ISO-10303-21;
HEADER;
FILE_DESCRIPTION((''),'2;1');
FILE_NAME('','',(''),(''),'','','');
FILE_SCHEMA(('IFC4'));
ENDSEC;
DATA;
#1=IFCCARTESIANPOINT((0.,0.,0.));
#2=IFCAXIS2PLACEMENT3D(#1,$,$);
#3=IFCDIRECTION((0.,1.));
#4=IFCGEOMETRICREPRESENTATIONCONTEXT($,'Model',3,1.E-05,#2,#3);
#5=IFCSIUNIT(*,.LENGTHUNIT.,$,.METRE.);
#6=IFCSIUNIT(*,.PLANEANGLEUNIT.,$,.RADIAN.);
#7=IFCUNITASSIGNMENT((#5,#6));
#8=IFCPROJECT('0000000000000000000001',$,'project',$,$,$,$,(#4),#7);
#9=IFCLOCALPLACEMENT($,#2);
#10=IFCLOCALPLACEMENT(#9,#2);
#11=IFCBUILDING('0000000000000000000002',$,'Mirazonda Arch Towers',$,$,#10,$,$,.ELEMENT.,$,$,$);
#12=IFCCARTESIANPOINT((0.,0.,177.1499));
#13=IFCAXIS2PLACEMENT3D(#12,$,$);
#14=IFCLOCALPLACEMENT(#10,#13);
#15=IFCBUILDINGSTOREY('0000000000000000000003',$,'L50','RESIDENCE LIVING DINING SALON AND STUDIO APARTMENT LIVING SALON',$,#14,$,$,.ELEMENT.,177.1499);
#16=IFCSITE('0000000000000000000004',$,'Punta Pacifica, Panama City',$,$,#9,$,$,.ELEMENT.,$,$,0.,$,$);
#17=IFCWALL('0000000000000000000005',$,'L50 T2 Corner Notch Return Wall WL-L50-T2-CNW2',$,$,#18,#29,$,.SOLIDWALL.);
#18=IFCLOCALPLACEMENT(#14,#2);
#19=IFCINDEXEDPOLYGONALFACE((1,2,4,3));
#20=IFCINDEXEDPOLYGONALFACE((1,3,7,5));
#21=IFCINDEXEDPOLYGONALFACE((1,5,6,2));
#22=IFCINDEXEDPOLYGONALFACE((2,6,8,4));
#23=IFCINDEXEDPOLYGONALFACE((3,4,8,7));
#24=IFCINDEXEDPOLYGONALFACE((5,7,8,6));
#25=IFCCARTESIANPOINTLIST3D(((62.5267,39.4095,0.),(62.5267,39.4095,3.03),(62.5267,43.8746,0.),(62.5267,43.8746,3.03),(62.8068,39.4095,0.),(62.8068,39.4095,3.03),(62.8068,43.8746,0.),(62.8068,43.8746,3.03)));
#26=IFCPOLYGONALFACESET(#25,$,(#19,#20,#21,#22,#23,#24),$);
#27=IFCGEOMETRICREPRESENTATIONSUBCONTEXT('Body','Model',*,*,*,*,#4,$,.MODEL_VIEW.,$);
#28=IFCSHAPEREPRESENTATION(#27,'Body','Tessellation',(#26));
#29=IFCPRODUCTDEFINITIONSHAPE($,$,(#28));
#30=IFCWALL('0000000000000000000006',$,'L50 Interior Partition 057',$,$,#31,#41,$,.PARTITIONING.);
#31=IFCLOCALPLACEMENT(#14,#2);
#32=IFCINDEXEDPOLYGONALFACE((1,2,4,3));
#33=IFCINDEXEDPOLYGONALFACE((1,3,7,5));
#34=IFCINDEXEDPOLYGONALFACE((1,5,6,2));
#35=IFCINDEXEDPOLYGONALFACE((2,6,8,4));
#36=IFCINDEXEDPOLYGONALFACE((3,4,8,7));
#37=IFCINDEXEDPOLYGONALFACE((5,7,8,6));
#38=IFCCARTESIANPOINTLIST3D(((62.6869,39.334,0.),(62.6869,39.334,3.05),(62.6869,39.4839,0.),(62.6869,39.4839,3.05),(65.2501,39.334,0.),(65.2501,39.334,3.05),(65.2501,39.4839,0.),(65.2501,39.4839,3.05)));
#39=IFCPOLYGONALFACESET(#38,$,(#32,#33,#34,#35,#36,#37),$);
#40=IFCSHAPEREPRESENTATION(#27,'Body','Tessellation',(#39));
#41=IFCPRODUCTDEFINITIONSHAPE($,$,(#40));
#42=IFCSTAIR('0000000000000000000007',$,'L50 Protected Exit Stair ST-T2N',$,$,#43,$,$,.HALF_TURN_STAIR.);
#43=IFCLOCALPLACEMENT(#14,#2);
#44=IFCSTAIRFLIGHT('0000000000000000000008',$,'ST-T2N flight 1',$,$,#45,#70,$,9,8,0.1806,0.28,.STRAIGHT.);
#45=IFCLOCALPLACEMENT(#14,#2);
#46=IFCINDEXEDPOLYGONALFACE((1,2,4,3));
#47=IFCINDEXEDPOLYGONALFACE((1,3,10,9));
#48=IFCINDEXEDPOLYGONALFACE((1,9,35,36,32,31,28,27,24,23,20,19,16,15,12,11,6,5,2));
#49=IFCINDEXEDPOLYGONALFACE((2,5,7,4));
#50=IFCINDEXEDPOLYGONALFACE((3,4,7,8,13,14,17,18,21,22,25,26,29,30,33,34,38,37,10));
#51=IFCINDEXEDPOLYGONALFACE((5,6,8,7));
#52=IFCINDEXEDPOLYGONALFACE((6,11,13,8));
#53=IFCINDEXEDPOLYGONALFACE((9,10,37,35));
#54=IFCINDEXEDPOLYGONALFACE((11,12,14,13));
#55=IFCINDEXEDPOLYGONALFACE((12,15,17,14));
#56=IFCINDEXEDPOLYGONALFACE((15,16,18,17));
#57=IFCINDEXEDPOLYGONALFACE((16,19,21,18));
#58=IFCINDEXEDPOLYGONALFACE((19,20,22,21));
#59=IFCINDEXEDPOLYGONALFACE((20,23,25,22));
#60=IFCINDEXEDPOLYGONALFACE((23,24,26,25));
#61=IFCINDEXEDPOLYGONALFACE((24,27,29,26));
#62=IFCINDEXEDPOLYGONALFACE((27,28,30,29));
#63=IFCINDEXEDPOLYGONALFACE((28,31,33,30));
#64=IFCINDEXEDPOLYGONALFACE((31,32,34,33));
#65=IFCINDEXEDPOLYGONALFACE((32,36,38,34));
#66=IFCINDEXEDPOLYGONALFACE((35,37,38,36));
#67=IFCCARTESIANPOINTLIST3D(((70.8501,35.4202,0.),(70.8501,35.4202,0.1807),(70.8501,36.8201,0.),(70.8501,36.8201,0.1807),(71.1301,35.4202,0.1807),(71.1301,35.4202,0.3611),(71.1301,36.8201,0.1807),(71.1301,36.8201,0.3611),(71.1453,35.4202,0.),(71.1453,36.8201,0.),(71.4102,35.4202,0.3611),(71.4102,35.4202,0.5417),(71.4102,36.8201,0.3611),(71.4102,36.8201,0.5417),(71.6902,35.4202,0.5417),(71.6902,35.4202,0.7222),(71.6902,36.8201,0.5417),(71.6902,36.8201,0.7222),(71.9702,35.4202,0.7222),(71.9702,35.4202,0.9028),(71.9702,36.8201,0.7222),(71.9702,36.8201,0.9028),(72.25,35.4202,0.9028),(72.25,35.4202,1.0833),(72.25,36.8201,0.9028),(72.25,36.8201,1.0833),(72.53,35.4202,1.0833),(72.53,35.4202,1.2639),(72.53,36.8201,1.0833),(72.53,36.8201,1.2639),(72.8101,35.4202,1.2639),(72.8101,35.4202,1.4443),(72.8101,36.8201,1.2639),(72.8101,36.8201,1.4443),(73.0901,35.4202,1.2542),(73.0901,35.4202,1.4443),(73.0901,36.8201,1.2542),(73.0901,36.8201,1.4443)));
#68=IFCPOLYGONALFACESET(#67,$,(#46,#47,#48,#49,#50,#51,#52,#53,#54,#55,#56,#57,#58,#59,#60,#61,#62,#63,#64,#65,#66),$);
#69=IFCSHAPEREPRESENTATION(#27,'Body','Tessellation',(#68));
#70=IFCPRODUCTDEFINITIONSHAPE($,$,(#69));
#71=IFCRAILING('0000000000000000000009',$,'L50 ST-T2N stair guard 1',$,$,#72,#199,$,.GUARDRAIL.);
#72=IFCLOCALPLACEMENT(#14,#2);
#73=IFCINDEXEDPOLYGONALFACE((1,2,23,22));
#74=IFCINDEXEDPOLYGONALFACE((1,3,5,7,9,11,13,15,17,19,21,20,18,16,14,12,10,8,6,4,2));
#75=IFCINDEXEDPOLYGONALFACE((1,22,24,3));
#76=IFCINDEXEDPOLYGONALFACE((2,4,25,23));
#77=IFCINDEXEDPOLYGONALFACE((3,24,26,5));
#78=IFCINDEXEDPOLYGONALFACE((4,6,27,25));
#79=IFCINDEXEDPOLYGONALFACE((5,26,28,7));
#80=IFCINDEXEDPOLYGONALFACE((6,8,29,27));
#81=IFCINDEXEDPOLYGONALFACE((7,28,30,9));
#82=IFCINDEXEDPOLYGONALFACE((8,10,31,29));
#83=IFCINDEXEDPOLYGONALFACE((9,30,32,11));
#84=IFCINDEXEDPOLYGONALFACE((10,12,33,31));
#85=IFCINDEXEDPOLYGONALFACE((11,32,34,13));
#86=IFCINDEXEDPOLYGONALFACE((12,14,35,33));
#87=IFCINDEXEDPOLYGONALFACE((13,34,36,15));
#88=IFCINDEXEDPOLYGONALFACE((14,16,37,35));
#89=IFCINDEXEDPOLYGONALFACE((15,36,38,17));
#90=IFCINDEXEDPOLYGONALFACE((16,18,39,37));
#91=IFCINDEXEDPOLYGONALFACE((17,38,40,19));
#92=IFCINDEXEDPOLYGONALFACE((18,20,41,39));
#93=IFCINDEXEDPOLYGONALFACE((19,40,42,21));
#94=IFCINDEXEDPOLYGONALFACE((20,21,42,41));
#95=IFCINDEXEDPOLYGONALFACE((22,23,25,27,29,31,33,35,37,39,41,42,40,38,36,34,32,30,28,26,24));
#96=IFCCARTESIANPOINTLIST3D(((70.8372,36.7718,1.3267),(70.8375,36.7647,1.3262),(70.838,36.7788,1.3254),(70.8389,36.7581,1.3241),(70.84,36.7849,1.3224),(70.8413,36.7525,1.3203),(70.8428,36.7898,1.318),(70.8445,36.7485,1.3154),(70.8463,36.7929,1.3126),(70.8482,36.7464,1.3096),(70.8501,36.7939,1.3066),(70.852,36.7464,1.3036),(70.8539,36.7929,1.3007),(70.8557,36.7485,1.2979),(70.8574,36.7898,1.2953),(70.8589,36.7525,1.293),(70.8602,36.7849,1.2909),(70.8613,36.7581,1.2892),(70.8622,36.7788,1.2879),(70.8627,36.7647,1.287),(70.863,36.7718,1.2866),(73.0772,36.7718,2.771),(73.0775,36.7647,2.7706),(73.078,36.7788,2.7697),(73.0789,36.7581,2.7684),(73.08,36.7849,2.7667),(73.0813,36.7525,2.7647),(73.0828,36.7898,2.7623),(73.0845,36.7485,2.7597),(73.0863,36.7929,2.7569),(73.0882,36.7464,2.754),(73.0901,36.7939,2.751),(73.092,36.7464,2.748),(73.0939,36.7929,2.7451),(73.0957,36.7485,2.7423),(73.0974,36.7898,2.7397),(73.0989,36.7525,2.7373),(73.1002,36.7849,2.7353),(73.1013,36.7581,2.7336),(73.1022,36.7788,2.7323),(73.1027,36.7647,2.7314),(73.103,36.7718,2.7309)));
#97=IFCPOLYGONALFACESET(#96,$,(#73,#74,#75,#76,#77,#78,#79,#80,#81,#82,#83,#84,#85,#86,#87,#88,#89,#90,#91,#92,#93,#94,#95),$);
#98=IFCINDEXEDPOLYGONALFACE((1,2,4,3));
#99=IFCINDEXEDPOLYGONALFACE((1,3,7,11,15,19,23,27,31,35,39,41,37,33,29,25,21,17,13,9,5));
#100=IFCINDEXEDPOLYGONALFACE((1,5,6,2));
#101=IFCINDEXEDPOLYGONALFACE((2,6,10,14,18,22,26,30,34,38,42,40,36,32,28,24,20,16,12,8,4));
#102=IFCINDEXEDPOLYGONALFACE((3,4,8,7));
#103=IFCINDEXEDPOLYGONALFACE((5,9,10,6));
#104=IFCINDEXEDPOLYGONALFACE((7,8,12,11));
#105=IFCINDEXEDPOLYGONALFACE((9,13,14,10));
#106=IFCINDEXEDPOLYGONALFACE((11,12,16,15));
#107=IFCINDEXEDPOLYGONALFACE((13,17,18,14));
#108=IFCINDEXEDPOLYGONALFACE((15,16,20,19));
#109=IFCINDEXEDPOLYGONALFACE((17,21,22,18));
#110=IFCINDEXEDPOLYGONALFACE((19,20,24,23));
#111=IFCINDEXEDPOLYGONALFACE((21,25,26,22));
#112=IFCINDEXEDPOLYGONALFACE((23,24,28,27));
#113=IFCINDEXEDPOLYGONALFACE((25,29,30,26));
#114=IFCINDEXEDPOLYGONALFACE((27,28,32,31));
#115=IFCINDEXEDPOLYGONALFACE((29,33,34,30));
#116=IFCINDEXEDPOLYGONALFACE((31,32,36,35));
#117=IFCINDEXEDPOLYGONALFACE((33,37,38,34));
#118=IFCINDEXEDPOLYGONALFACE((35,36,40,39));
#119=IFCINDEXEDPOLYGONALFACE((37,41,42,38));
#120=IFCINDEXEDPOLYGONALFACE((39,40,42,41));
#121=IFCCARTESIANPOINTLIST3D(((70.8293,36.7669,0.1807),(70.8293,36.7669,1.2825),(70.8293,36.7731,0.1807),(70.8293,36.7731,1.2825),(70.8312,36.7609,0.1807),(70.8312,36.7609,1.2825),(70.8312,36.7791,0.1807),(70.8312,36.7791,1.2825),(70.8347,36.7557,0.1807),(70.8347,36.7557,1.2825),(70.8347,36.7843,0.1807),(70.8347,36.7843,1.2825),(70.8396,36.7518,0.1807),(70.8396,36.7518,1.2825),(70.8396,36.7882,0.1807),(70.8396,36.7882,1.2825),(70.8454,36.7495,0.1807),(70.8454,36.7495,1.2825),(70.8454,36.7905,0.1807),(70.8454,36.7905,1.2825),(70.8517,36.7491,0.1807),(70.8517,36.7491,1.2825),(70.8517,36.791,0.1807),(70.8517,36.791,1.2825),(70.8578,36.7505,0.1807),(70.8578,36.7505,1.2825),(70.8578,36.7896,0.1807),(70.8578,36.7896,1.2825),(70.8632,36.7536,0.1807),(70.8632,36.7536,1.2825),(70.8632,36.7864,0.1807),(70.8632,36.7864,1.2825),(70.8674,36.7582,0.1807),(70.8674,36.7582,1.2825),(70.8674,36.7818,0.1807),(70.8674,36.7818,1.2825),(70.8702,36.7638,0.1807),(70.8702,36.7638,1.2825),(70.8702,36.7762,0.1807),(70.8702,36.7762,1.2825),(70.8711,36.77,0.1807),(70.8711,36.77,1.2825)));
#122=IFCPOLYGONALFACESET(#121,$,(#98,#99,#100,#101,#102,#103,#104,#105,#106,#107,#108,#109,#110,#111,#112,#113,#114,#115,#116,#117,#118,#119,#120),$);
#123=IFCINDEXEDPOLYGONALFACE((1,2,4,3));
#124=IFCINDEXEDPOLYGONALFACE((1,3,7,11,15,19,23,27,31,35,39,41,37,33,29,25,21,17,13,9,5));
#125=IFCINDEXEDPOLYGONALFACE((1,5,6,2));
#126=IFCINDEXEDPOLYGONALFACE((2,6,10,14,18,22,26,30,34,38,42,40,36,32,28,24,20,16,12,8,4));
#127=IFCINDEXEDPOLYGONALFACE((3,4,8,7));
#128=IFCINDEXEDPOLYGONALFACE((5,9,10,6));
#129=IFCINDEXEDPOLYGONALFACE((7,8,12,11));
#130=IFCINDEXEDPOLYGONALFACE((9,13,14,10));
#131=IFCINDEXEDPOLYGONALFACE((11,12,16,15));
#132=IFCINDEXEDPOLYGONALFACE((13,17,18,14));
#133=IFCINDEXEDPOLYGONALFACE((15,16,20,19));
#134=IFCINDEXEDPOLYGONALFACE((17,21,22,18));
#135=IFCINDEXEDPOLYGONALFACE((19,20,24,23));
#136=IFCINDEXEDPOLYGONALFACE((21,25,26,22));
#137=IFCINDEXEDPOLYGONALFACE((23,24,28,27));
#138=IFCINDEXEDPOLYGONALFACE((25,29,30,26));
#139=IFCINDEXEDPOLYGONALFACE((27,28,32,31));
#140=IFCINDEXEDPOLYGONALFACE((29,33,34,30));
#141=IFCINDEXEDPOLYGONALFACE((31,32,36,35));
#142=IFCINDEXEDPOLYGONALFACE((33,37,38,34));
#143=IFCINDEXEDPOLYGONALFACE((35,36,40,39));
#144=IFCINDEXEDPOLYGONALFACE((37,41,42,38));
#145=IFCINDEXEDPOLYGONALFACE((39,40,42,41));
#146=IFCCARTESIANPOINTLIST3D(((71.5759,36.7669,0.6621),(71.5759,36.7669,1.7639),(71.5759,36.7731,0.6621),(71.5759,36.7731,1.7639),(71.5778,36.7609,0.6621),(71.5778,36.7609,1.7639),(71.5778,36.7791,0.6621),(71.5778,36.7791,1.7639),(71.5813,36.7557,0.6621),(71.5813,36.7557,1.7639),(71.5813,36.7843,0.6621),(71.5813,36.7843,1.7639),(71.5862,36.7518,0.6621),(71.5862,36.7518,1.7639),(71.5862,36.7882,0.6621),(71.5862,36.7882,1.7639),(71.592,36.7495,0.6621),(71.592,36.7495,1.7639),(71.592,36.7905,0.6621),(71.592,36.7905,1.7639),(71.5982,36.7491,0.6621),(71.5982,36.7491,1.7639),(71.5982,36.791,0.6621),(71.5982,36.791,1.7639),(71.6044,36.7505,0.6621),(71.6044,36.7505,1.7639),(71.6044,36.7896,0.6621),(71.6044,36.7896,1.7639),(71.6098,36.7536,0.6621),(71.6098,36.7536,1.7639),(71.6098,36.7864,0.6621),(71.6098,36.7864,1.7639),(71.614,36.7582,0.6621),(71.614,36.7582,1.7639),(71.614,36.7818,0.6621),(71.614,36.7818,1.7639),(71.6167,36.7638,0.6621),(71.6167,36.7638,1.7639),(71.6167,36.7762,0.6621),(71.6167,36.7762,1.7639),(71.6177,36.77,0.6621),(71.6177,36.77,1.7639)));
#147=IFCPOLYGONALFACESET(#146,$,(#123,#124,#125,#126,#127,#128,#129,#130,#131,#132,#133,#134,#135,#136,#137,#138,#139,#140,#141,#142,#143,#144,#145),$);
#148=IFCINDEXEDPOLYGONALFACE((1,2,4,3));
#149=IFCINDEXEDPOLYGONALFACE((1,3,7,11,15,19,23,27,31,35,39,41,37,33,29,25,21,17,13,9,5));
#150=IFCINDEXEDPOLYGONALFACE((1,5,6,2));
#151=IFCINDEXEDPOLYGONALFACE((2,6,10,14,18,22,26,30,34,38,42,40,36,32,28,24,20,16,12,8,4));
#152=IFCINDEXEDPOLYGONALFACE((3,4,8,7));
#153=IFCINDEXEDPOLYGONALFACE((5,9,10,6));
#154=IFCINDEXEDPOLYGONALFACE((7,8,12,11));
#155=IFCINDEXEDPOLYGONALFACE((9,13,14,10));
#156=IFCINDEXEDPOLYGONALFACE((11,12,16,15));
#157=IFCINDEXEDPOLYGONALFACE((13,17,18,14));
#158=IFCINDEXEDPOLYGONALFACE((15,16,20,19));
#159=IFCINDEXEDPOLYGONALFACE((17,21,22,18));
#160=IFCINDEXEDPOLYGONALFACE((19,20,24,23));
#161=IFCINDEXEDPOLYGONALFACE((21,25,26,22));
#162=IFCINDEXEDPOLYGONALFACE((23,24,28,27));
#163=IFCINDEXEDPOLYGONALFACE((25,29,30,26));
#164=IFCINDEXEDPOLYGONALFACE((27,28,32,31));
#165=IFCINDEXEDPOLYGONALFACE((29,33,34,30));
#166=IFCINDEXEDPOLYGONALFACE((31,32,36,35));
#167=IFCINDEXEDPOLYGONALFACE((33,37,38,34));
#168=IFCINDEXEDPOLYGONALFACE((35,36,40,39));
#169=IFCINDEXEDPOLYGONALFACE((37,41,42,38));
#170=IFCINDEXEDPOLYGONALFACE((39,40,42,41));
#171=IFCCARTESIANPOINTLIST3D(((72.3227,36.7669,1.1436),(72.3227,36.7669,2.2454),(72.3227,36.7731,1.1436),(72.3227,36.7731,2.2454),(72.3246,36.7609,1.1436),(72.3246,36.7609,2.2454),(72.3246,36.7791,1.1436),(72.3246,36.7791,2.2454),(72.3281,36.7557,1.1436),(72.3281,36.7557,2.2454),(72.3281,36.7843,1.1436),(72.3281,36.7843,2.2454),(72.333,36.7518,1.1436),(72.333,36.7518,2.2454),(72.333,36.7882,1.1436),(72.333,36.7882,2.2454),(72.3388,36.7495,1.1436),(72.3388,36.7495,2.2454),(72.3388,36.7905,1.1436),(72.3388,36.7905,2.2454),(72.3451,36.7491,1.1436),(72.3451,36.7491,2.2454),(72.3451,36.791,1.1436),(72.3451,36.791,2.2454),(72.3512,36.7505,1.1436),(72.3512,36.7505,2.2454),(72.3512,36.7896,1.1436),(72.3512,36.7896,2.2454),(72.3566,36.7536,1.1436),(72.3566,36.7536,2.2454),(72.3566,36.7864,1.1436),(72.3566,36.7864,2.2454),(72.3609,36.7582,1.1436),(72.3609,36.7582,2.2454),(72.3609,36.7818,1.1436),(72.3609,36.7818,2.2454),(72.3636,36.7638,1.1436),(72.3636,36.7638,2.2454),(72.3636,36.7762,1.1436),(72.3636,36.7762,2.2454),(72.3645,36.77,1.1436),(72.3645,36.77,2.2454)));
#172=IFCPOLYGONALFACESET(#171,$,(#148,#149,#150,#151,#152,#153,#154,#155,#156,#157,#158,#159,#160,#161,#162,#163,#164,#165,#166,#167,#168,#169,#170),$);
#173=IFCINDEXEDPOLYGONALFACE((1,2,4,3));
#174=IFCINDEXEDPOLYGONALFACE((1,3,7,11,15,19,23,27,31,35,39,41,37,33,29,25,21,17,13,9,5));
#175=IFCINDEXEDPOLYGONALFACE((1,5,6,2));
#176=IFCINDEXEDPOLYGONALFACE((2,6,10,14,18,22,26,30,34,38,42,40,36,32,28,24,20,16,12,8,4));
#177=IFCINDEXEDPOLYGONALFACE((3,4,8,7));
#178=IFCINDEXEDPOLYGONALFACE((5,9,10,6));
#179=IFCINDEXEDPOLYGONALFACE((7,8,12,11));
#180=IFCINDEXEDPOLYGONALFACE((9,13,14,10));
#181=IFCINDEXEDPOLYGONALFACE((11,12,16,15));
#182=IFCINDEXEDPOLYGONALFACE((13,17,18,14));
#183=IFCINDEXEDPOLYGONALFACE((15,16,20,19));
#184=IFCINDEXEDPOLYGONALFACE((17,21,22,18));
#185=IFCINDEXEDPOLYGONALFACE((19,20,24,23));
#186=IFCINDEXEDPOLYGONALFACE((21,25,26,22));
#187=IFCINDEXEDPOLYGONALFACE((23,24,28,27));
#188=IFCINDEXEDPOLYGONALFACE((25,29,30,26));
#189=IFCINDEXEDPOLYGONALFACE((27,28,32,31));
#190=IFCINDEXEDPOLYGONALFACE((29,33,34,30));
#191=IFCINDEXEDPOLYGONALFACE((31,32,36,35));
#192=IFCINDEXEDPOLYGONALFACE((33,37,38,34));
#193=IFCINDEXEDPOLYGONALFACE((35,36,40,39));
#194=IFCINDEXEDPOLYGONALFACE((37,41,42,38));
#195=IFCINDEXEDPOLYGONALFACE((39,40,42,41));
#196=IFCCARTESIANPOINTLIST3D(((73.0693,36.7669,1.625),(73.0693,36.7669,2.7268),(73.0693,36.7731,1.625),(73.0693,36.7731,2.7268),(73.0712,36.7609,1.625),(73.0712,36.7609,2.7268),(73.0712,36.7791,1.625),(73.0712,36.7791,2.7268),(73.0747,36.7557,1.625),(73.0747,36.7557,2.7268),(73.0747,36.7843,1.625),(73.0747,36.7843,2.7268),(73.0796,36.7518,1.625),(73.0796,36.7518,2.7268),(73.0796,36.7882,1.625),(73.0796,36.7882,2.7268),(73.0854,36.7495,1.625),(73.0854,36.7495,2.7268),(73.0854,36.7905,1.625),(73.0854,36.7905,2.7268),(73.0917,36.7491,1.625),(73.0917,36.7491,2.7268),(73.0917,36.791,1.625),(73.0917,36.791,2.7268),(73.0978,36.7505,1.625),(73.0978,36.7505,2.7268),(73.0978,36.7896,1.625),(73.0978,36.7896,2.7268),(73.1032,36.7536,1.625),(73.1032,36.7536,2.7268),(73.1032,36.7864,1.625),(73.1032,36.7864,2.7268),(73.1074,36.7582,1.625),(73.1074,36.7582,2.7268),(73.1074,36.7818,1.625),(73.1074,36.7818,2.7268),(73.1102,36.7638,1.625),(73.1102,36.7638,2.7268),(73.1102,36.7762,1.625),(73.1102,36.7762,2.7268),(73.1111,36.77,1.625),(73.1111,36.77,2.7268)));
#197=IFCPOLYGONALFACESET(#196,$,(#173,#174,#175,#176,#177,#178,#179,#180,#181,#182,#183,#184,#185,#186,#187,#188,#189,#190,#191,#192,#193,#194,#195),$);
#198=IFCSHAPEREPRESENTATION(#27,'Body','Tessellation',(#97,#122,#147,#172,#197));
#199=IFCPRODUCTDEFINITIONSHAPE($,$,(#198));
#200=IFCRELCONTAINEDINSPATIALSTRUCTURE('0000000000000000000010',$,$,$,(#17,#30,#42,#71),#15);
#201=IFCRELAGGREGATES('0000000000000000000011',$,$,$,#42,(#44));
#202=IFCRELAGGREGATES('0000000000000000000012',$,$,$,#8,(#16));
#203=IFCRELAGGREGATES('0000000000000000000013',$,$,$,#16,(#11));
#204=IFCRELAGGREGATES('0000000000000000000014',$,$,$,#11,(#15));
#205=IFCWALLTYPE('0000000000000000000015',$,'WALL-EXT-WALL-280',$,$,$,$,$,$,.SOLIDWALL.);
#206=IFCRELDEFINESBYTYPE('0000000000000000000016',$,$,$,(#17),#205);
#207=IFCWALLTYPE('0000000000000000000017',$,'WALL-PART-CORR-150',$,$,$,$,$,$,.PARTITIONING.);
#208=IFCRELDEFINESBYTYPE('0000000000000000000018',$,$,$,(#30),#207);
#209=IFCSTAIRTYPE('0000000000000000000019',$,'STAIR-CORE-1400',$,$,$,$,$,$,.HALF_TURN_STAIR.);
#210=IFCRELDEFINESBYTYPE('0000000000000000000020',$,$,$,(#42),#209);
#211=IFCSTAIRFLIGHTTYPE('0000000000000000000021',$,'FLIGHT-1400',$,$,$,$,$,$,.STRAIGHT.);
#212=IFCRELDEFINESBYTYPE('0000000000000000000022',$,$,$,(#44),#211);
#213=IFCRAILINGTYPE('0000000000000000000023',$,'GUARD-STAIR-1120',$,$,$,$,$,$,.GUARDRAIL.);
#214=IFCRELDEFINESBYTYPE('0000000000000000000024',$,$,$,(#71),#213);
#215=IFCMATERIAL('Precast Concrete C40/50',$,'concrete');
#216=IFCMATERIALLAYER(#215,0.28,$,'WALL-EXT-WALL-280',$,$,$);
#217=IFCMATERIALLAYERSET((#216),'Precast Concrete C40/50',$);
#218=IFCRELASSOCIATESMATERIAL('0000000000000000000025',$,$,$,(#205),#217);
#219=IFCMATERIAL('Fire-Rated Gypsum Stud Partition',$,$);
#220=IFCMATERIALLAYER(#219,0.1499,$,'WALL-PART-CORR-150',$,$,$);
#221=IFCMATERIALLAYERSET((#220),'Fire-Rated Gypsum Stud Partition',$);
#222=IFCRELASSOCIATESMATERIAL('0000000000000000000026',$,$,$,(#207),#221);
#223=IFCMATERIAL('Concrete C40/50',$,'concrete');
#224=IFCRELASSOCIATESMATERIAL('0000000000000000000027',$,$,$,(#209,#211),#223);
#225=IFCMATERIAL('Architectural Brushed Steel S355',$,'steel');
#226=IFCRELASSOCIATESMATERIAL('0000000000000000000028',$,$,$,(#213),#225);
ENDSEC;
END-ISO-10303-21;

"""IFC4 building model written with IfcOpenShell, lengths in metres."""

from ifc_helpers import new_model, si_unit, direction, frame, frame_2d, origin, origin_2d, place, context, subcontext, project, spatial, polyline, rectangle, circle, outline, extrude, material, layer, layer_set, type_object, element, aggregate, save


model = new_model("IFC4")

# Units and contexts
model_context = context("Model", 3, precision=1e-05, world=origin(), true_north=direction((0.0, 1.0)))
body_context = subcontext(model_context, "Body", "Model", "MODEL_VIEW")
ifc_project = project(units=[si_unit("LENGTHUNIT", "METRE"), si_unit("PLANEANGLEUNIT", "RADIAN")], contexts=[model_context])

# Site, building, storey
site_placement = place(None, origin())
site = spatial("IfcSite", under=ifc_project, at=site_placement, Name="Punta Pacifica, Panama City", CompositionType="ELEMENT", RefElevation=0.0)
building_placement = place(site_placement, origin())
building = spatial("IfcBuilding", under=site, at=building_placement, Name="Mirazonda Arch Towers", CompositionType="ELEMENT")
storey_placement = place(building_placement, frame((0.0, 0.0, 177.1499)))
storey = spatial("IfcBuildingStorey", under=building, at=storey_placement, Name="L50", Description="RESIDENCE LIVING DINING SALON AND STUDIO APARTMENT LIVING SALON", CompositionType="ELEMENT", Elevation=177.1499)

# Walls
ifc_material_1 = material(Name="Precast Concrete C40/50", Category="concrete")
ifc_layer_1 = layer(ifc_material_1, 0.28, Name="WALL-EXT-WALL-280")
ifc_layer_set_1 = layer_set([ifc_layer_1], Name="Precast Concrete C40/50")
wall_type_1 = type_object("IfcWallType", Name="WALL-EXT-WALL-280", PredefinedType="SOLIDWALL", material=ifc_layer_set_1)
wall_1_placement = place(storey_placement, frame((62.6667, 43.8745, 0.0), z_axis=(0.0, 0.0, 1.0), x_axis=(0.0, -1.0, 0.0)))
element("IfcWall", 1, at=wall_1_placement, inside=storey, type_object=wall_type_1, Name="L50 T2 Corner Notch Return Wall WL-L50-T2-CNW2", PredefinedType="SOLIDWALL", context=body_context, shape_type="SweptSolid", body=[
    extrude(rectangle(XDim=4.4651, YDim=0.28, at=frame_2d((2.2324, 0.0))), origin(), (0.0, 0.0, 1.0), 3.03),
])
ifc_material_2 = material(Name="Fire-Rated Gypsum Stud Partition")
ifc_layer_2 = layer(ifc_material_2, 0.1499, Name="WALL-PART-CORR-150")
ifc_layer_set_2 = layer_set([ifc_layer_2], Name="Fire-Rated Gypsum Stud Partition")
wall_type_2 = type_object("IfcWallType", Name="WALL-PART-CORR-150", PredefinedType="PARTITIONING", material=ifc_layer_set_2)
wall_2_placement = place(storey_placement, frame((62.6868, 39.4089, 0.0), z_axis=(0.0, 0.0, 1.0), x_axis=(1.0, 0.0, 0.0)))
element("IfcWall", 2, at=wall_2_placement, inside=storey, type_object=wall_type_2, Name="L50 Interior Partition 057", PredefinedType="PARTITIONING", context=body_context, shape_type="SweptSolid", body=[
    extrude(rectangle(XDim=2.5632, YDim=0.1499, at=frame_2d((1.2817, 0.0))), origin(), (0.0, 0.0, 1.0), 3.05),
])

# Stair, stair flight
ifc_material_3 = material(Name="Concrete C40/50", Category="concrete")
stair_type = type_object("IfcStairType", Name="STAIR-CORE-1400", PredefinedType="HALF_TURN_STAIR", material=ifc_material_3)
stair_placement = place(storey_placement, origin())
stair = element("IfcStair", 3, at=stair_placement, inside=storey, type_object=stair_type, Name="L50 Protected Exit Stair ST-T2N", PredefinedType="HALF_TURN_STAIR")
stair_flight_type = type_object("IfcStairFlightType", Name="FLIGHT-1400", PredefinedType="STRAIGHT", material=ifc_material_3)
stair_flight_placement = place(storey_placement, frame((70.8501, 36.1201, 0.0), z_axis=(0.0, 0.0, 1.0), x_axis=(1.0, 0.0, 0.0)))
stair_flight = element("IfcStairFlight", 4, at=stair_flight_placement, type_object=stair_flight_type, Name="ST-T2N flight 1", NumberOfRisers=9, NumberOfTreads=8, PredefinedType="STRAIGHT", RiserHeight=0.1806, TreadLength=0.28, context=body_context, shape_type="SweptSolid", body=[
    extrude(outline(polyline([(0.0, 0.0), (0.0, 0.1807), (0.28, 0.1807), (0.28, 0.3611), (0.5601, 0.3611), (0.5601, 0.5417), (0.8401, 0.5417), (0.8401, 0.7222), (1.1201, 0.7222), (1.1201, 0.9028), (1.3999, 0.9028), (1.3999, 1.0833), (1.6799, 1.0833), (1.6799, 1.2639), (1.96, 1.2639), (1.96, 1.4443), (2.24, 1.4443), (2.24, 1.625), (2.24, 1.2542), (0.2952, 0.0), (0.0, 0.0)])), frame((0.0, 0.7, 0.0), z_axis=(0.0, -1.0, 0.0), x_axis=(1.0, 0.0, 0.0)), (0.0, 0.0, 1.0), 1.3999),
])
aggregate(stair, [stair_flight])

# Railing
ifc_material_4 = material(Name="Architectural Brushed Steel S355", Category="steel")
railing_type = type_object("IfcRailingType", Name="GUARD-STAIR-1120", PredefinedType="GUARDRAIL", material=ifc_material_4)
railing_1_placement = place(storey_placement, frame((70.8501, 36.77, 0.1807)))
element("IfcRailing", 5, at=railing_1_placement, inside=storey, type_object=railing_type, Name="L50 ST-T2N stair guard 1", PredefinedType="GUARDRAIL", context=body_context, shape_type="SweptSolid", body=[
    extrude(circle(Radius=0.0239, at=origin_2d()), frame((0.0, 0.0, 1.126), z_axis=(0.840437, 0.0, 0.54191), x_axis=(0.0, 1.0, 0.0)), (0.0, 0.0, 1.0), 2.6653),
    extrude(circle(Radius=0.021, at=origin_2d()), origin(), (0.0, 0.0, 1.0), 1.1018),
    extrude(circle(Radius=0.021, at=origin_2d()), frame((0.7466, 0.0, 0.4814)), (0.0, 0.0, 1.0), 1.1018),
    extrude(circle(Radius=0.021, at=origin_2d()), frame((1.4934, 0.0, 0.9629)), (0.0, 0.0, 1.0), 1.1018),
    extrude(circle(Radius=0.021, at=origin_2d()), frame((2.24, 0.0, 1.4443)), (0.0, 0.0, 1.0), 1.1018),
])

save(model, "model.ifc")
